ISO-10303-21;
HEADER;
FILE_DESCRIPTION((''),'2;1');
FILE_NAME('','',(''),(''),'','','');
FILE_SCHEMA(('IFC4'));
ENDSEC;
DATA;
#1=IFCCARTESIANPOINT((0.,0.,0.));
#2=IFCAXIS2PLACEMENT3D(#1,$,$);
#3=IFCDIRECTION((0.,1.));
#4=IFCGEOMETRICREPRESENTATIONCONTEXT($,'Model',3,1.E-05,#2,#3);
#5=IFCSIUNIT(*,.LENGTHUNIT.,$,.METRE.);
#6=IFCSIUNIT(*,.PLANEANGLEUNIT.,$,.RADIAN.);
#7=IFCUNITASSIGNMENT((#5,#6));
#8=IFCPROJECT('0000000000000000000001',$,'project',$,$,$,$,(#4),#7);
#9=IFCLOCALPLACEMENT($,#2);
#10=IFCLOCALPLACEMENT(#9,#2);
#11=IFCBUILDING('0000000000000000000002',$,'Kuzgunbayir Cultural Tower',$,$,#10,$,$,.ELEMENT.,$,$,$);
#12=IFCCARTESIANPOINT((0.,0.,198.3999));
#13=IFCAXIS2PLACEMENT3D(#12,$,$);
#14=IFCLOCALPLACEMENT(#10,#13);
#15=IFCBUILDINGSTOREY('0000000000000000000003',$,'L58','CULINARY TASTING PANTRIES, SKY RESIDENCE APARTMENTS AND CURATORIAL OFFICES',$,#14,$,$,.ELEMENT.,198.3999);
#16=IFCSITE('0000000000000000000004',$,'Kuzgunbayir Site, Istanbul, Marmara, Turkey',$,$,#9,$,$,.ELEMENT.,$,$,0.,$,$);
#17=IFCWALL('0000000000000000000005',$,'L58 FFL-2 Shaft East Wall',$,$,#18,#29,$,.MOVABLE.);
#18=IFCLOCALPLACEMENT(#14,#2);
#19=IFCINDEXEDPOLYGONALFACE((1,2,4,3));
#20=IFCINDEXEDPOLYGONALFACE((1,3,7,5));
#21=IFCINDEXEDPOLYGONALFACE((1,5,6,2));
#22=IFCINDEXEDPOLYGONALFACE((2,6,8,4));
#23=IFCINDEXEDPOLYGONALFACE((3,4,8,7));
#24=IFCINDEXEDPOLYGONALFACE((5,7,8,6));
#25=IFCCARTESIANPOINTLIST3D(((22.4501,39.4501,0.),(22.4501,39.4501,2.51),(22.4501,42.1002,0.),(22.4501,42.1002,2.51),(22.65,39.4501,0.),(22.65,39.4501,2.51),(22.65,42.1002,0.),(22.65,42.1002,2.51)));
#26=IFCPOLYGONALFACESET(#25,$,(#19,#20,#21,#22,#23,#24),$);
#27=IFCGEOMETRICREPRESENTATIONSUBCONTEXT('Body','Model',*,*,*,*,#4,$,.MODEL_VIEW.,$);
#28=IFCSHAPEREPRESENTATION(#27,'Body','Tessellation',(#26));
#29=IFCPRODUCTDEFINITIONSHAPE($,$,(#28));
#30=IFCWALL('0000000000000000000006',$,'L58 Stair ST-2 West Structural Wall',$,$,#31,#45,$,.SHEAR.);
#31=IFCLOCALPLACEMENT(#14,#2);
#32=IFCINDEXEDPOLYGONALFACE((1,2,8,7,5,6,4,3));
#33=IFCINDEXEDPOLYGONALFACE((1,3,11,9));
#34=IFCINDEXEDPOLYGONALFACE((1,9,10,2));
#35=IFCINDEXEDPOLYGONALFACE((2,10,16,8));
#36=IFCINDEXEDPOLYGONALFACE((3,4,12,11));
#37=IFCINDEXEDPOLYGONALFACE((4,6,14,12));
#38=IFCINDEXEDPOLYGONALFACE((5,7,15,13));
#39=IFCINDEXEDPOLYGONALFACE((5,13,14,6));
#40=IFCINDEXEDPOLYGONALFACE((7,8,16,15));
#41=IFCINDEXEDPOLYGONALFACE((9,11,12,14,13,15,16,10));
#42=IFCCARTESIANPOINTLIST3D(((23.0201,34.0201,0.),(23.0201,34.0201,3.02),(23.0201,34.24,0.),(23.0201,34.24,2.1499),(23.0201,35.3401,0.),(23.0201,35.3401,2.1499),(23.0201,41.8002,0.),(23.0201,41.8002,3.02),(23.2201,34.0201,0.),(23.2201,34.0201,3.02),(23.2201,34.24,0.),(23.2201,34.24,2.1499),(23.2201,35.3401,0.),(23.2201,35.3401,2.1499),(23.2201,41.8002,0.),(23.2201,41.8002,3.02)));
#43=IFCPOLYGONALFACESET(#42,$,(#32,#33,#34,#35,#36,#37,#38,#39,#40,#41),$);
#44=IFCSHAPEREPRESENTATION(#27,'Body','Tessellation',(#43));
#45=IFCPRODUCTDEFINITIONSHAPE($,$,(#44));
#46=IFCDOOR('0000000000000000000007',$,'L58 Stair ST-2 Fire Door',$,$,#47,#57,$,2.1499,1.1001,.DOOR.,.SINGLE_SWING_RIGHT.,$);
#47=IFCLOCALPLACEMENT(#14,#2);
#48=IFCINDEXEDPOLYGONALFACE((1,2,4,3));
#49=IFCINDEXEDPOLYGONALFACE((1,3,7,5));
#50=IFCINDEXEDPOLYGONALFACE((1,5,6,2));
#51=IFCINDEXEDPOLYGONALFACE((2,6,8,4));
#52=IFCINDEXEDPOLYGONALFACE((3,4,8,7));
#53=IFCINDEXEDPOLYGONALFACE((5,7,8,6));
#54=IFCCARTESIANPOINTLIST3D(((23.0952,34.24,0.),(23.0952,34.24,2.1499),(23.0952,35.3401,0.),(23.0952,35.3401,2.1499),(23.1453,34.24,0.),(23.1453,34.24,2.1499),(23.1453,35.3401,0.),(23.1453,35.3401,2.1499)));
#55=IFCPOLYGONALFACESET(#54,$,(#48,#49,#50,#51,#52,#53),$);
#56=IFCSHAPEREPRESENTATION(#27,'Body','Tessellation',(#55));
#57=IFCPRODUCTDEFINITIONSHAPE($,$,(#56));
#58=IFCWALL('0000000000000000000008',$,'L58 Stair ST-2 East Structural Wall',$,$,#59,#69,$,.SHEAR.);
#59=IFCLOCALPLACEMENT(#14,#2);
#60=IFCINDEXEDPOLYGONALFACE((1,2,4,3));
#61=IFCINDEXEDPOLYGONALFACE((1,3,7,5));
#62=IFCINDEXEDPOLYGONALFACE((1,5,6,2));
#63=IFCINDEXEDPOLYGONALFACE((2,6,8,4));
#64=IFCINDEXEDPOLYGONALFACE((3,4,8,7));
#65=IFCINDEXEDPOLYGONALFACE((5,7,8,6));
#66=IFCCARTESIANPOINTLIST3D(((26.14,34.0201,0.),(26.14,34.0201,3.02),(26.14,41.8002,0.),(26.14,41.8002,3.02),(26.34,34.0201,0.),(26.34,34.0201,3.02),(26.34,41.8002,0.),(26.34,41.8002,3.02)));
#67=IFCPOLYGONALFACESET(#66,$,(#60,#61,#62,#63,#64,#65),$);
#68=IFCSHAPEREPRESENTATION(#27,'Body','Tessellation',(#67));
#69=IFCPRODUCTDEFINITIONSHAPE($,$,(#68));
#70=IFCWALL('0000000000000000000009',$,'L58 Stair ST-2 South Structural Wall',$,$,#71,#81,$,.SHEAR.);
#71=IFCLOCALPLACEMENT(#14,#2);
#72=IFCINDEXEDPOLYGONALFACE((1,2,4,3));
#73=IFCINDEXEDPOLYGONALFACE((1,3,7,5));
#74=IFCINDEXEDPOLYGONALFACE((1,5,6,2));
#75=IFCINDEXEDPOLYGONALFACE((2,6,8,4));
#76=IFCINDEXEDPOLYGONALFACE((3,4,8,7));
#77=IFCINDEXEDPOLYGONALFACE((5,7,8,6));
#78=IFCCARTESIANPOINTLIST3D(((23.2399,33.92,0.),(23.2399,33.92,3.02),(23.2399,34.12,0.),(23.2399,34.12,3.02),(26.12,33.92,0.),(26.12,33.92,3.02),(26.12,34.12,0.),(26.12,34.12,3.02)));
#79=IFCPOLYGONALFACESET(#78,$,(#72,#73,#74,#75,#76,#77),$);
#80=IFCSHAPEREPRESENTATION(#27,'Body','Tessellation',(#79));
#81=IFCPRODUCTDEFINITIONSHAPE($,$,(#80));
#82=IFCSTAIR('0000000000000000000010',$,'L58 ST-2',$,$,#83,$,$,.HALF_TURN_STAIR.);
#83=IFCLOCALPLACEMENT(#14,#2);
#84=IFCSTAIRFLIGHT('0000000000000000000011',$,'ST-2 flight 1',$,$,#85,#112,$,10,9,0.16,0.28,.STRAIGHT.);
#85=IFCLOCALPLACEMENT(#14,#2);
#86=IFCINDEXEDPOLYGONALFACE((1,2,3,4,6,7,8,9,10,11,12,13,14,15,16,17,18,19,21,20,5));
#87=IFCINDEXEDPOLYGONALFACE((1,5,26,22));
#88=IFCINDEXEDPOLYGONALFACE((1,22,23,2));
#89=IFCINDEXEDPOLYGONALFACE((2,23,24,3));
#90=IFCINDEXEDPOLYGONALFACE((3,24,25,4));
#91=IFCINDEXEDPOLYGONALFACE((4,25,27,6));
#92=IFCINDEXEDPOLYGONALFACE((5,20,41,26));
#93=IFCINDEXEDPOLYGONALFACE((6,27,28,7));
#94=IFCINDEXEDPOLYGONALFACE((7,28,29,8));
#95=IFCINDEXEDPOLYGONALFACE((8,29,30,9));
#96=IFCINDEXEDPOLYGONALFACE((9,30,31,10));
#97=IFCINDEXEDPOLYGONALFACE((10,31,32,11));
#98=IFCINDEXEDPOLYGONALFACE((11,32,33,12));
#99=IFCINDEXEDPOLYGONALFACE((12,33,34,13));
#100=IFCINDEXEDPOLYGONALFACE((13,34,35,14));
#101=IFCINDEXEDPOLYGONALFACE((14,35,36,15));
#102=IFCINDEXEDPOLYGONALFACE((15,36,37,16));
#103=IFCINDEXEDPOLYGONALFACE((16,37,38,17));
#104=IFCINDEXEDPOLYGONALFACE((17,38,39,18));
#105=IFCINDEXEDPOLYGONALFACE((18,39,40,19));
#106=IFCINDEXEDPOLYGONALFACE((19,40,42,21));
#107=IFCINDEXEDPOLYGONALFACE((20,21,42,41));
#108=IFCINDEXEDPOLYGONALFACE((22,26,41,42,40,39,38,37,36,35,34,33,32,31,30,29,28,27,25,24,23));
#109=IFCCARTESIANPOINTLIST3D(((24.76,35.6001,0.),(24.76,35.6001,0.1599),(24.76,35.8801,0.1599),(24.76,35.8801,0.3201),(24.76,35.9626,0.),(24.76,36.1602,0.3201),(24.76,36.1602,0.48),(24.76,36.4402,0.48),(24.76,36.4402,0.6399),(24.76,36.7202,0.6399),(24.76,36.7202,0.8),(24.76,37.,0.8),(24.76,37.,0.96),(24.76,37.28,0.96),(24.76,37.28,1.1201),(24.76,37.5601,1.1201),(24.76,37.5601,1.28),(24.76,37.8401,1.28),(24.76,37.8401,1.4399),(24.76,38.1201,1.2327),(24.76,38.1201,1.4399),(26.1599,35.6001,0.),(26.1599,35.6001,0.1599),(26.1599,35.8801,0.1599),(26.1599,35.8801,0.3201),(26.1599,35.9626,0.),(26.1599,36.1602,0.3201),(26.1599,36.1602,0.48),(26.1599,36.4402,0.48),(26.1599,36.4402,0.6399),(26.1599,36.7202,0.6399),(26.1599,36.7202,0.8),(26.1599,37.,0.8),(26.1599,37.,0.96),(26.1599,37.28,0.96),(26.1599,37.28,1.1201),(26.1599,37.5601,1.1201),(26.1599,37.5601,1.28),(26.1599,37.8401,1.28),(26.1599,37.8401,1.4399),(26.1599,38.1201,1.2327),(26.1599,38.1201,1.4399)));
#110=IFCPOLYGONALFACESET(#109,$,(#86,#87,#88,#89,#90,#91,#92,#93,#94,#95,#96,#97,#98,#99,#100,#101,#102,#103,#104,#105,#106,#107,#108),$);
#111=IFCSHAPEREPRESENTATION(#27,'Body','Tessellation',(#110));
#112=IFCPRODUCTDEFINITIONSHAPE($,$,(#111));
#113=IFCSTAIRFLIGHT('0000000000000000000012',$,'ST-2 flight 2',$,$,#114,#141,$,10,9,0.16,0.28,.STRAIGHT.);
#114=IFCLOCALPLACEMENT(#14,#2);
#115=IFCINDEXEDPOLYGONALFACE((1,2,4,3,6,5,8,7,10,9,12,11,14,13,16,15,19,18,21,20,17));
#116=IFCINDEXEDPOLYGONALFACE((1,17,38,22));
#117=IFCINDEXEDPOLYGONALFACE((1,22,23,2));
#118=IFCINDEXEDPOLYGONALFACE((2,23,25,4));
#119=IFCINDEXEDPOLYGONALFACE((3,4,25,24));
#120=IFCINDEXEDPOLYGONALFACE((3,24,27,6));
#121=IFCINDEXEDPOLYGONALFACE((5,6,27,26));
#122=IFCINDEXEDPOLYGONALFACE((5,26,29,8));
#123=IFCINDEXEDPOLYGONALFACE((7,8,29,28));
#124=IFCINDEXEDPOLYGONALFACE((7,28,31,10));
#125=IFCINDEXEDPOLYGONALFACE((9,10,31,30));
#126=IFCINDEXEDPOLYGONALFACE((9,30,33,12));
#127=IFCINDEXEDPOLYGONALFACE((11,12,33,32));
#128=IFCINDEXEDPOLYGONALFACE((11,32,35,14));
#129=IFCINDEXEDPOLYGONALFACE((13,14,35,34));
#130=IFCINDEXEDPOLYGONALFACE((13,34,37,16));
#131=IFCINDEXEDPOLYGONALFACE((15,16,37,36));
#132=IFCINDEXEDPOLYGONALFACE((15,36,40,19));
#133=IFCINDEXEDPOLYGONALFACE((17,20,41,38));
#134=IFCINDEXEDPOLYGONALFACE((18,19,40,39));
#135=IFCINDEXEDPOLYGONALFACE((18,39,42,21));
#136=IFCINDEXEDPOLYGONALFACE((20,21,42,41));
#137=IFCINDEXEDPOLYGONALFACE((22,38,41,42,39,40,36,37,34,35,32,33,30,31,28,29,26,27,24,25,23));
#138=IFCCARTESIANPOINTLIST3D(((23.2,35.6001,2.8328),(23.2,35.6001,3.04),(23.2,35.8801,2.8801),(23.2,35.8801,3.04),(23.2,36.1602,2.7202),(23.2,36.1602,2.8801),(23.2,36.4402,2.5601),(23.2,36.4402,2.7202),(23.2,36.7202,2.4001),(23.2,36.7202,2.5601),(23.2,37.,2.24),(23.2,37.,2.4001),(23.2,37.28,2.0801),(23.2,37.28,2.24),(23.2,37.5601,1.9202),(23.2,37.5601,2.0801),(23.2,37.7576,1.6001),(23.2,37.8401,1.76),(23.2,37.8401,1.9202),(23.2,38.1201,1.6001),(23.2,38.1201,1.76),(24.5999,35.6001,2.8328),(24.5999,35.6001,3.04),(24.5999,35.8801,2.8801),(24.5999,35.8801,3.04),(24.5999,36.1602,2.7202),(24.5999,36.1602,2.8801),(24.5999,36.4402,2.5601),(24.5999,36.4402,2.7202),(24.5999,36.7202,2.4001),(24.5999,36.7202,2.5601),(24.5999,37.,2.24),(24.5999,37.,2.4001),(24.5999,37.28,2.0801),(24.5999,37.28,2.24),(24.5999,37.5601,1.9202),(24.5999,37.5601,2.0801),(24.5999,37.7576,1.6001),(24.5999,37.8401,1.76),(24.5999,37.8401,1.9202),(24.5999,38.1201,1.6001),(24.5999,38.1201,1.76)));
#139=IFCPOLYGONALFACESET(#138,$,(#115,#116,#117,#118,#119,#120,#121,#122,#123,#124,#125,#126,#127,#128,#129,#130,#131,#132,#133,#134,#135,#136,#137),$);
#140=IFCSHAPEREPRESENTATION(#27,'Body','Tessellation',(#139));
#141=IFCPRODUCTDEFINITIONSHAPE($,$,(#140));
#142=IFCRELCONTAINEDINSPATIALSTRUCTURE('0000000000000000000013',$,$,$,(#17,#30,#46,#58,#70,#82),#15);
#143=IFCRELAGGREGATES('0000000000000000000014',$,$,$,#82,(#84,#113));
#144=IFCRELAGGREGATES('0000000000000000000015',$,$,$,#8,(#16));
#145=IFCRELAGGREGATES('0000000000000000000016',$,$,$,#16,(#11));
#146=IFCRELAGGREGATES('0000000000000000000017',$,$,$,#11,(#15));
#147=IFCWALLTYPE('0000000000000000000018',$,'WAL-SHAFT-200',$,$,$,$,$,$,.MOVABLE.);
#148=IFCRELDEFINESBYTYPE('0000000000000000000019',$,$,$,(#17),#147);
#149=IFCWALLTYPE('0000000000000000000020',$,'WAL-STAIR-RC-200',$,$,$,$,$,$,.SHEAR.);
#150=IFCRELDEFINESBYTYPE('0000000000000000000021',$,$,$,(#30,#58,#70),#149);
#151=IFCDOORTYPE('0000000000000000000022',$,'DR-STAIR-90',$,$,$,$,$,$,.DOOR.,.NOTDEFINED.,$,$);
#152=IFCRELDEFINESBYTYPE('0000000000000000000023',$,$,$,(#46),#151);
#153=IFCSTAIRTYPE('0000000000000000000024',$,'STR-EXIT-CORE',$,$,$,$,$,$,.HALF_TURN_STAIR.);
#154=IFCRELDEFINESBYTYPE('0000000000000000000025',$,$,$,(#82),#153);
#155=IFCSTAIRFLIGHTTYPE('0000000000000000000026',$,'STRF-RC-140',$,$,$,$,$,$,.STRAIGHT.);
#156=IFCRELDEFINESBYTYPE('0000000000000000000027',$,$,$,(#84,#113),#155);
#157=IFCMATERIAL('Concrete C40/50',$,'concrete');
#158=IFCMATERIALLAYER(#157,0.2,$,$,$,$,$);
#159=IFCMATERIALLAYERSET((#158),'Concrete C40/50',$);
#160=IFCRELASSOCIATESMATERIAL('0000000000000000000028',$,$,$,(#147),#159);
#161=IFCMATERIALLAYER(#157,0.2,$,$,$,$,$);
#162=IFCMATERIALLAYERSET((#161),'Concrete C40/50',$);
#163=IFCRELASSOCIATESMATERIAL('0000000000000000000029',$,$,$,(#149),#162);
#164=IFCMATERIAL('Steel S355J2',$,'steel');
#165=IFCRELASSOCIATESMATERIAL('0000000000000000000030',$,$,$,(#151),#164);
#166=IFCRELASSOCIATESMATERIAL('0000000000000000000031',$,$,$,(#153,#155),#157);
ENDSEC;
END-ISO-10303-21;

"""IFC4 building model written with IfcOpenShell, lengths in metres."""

from ifc_helpers import new_model, si_unit, direction, frame, frame_2d, origin, place, context, subcontext, project, spatial, polyline, rectangle, outline, extrude, material, layer, layer_set, type_object, element, fill, aggregate, save


model = new_model("IFC4")

# Units and contexts
model_context = context("Model", 3, precision=1e-05, world=origin(), true_north=direction((0.0, 1.0)))
body_context = subcontext(model_context, "Body", "Model", "MODEL_VIEW")
ifc_project = project(units=[si_unit("LENGTHUNIT", "METRE"), si_unit("PLANEANGLEUNIT", "RADIAN")], contexts=[model_context])

# Site, building, storey
site_placement = place(None, origin())
site = spatial("IfcSite", under=ifc_project, at=site_placement, Name="Kuzgunbayir Site, Istanbul, Marmara, Turkey", CompositionType="ELEMENT", RefElevation=0.0)
building_placement = place(site_placement, origin())
building = spatial("IfcBuilding", under=site, at=building_placement, Name="Kuzgunbayir Cultural Tower", CompositionType="ELEMENT")
storey_placement = place(building_placement, frame((0.0, 0.0, 198.3999)))
storey = spatial("IfcBuildingStorey", under=building, at=storey_placement, Name="L58", Description="CULINARY TASTING PANTRIES, SKY RESIDENCE APARTMENTS AND CURATORIAL OFFICES", CompositionType="ELEMENT", Elevation=198.3999)

# Shared definitions
ifc_material_1 = material(Name="Steel S355J2", Category="steel")

# Shared definitions
ifc_material_2 = material(Name="Concrete C40/50", Category="concrete")
ifc_layer_1 = layer(ifc_material_2, 0.2)
ifc_layer_set_1 = layer_set([ifc_layer_1], Name="Concrete C40/50")
wall_type_1 = type_object("IfcWallType", Name="WAL-SHAFT-200", PredefinedType="MOVABLE", material=ifc_layer_set_1)

# Wall
for number, where, z_axis, x_axis, name in (
    (1, (22.55, 39.45, 0.0), (0.0, 0.0, 1.0), (0.0, 1.0, 0.0), "L58 FFL-2 Shaft East Wall"),
):
    element("IfcWall", number, at=place(storey_placement, frame(where, z_axis=z_axis, x_axis=x_axis)), inside=storey, type_object=wall_type_1, Name=name, PredefinedType="MOVABLE", context=body_context, shape_type="SweptSolid", body=[
        extrude(rectangle(XDim=2.6501, YDim=0.2, at=frame_2d((1.3252, 0.0))), origin(), (0.0, 0.0, 1.0), 2.51),
    ])

# Wall, opening, door
ifc_layer_2 = layer(ifc_material_2, 0.2)
ifc_layer_set_2 = layer_set([ifc_layer_2], Name="Concrete C40/50")
wall_type_2 = type_object("IfcWallType", Name="WAL-STAIR-RC-200", PredefinedType="SHEAR", material=ifc_layer_set_2)
wall_1_placement = place(storey_placement, frame((23.1201, 34.02, 0.0), z_axis=(0.0, 0.0, 1.0), x_axis=(0.0, 1.0, 0.0)))
wall_1 = element("IfcWall", 2, at=wall_1_placement, inside=storey, type_object=wall_type_2, Name="L58 Stair ST-2 West Structural Wall", PredefinedType="SHEAR", context=body_context, shape_type="SweptSolid", body=[
    extrude(rectangle(XDim=7.78, YDim=0.2, at=frame_2d((3.8901, 0.0))), origin(), (0.0, 0.0, 1.0), 3.02),
])
opening_1_placement = place(wall_1_placement, frame((0.22, 0.0, 0.0)))
opening_1 = element("IfcOpeningElement", 3, at=opening_1_placement, cuts=wall_1, PredefinedType="OPENING", context=body_context, shape_type="SweptSolid", body=[
    extrude(rectangle(XDim=1.1001, YDim=2.1499, at=frame_2d((0.55, 1.075))), frame((0.0, 0.1099, 0.0), z_axis=(0.0, -1.0, 0.0), x_axis=(1.0, 0.0, 0.0)), (0.0, 0.0, 1.0), 0.22),
])
door_type_1 = type_object("IfcDoorType", Name="DR-STAIR-90", OperationType="NOTDEFINED", PredefinedType="DOOR", material=ifc_material_1)
door_1_placement = place(opening_1_placement, origin())
door_1 = element("IfcDoor", 4, at=door_1_placement, inside=storey, type_object=door_type_1, Name="L58 Stair ST-2 Fire Door", OperationType="SINGLE_SWING_RIGHT", OverallHeight=2.1499, OverallWidth=1.1001, PredefinedType="DOOR", context=body_context, shape_type="SweptSolid", body=[
    extrude(rectangle(XDim=1.1001, YDim=2.1499, at=frame_2d((0.55, 1.075))), frame((0.0, 0.0249, 0.0), z_axis=(0.0, -1.0, 0.0), x_axis=(1.0, 0.0, 0.0)), (0.0, 0.0, 1.0), 0.05),
])
fill(opening_1, door_1)

# Walls
wall_2_placement = place(storey_placement, frame((26.24, 34.02, 0.0), z_axis=(0.0, 0.0, 1.0), x_axis=(0.0, 1.0, 0.0)))
element("IfcWall", 5, at=wall_2_placement, inside=storey, type_object=wall_type_2, Name="L58 Stair ST-2 East Structural Wall", PredefinedType="SHEAR", context=body_context, shape_type="SweptSolid", body=[
    extrude(rectangle(XDim=7.78, YDim=0.2, at=frame_2d((3.8901, 0.0))), origin(), (0.0, 0.0, 1.0), 3.02),
])
wall_3_placement = place(storey_placement, frame((23.24, 34.02, 0.0), z_axis=(0.0, 0.0, 1.0), x_axis=(1.0, 0.0, 0.0)))
element("IfcWall", 6, at=wall_3_placement, inside=storey, type_object=wall_type_2, Name="L58 Stair ST-2 South Structural Wall", PredefinedType="SHEAR", context=body_context, shape_type="SweptSolid", body=[
    extrude(rectangle(XDim=2.8801, YDim=0.2, at=frame_2d((1.4399, 0.0))), origin(), (0.0, 0.0, 1.0), 3.02),
])

# Stair, stair flights
stair_type = type_object("IfcStairType", Name="STR-EXIT-CORE", PredefinedType="HALF_TURN_STAIR", material=ifc_material_2)
stair_placement = place(storey_placement, origin())
stair = element("IfcStair", 7, at=stair_placement, inside=storey, type_object=stair_type, Name="L58 ST-2", PredefinedType="HALF_TURN_STAIR")
stair_flight_type = type_object("IfcStairFlightType", Name="STRF-RC-140", PredefinedType="STRAIGHT", material=ifc_material_2)
stair_flight_1_placement = place(storey_placement, frame((25.46, 35.6001, 0.0), z_axis=(0.0, 0.0, 1.0), x_axis=(0.0, 1.0, 0.0)))
stair_flight_1 = element("IfcStairFlight", 8, at=stair_flight_1_placement, type_object=stair_flight_type, Name="ST-2 flight 1", NumberOfRisers=10, NumberOfTreads=9, PredefinedType="STRAIGHT", RiserHeight=0.16, TreadLength=0.28, context=body_context, shape_type="SweptSolid", body=[
    extrude(outline(polyline([(0.0, 0.0), (0.0, 0.1599), (0.28, 0.1599), (0.28, 0.3201), (0.5601, 0.3201), (0.5601, 0.48), (0.8401, 0.48), (0.8401, 0.6399), (1.1201, 0.6399), (1.1201, 0.8), (1.3999, 0.8), (1.3999, 0.96), (1.6799, 0.96), (1.6799, 1.1201), (1.96, 1.1201), (1.96, 1.28), (2.24, 1.28), (2.24, 1.4399), (2.52, 1.4399), (2.52, 1.6001), (2.52, 1.2327), (0.3625, 0.0), (0.0, 0.0)])), frame((0.0, 0.7, 0.0), z_axis=(0.0, -1.0, 0.0), x_axis=(1.0, 0.0, 0.0)), (0.0, 0.0, 1.0), 1.3999),
])
stair_flight_2_placement = place(storey_placement, frame((23.8999, 38.1201, 1.6001), z_axis=(0.0, 0.0, 1.0), x_axis=(0.0, -1.0, 0.0)))
stair_flight_2 = element("IfcStairFlight", 9, at=stair_flight_2_placement, type_object=stair_flight_type, Name="ST-2 flight 2", NumberOfRisers=10, NumberOfTreads=9, PredefinedType="STRAIGHT", RiserHeight=0.16, TreadLength=0.28, context=body_context, shape_type="SweptSolid", body=[
    extrude(outline(polyline([(0.0, 0.0), (0.0, 0.1599), (0.28, 0.1599), (0.28, 0.3201), (0.5601, 0.3201), (0.5601, 0.48), (0.8401, 0.48), (0.8401, 0.6399), (1.1201, 0.6399), (1.1201, 0.8), (1.3999, 0.8), (1.3999, 0.96), (1.6799, 0.96), (1.6799, 1.1201), (1.96, 1.1201), (1.96, 1.28), (2.24, 1.28), (2.24, 1.4399), (2.52, 1.4399), (2.52, 1.6001), (2.52, 1.2327), (0.3625, 0.0), (0.0, 0.0)])), frame((0.0, 0.7, 0.0), z_axis=(0.0, -1.0, 0.0), x_axis=(1.0, 0.0, 0.0)), (0.0, 0.0, 1.0), 1.3999),
])
aggregate(stair, [stair_flight_1, stair_flight_2])

save(model, "model.ifc")
